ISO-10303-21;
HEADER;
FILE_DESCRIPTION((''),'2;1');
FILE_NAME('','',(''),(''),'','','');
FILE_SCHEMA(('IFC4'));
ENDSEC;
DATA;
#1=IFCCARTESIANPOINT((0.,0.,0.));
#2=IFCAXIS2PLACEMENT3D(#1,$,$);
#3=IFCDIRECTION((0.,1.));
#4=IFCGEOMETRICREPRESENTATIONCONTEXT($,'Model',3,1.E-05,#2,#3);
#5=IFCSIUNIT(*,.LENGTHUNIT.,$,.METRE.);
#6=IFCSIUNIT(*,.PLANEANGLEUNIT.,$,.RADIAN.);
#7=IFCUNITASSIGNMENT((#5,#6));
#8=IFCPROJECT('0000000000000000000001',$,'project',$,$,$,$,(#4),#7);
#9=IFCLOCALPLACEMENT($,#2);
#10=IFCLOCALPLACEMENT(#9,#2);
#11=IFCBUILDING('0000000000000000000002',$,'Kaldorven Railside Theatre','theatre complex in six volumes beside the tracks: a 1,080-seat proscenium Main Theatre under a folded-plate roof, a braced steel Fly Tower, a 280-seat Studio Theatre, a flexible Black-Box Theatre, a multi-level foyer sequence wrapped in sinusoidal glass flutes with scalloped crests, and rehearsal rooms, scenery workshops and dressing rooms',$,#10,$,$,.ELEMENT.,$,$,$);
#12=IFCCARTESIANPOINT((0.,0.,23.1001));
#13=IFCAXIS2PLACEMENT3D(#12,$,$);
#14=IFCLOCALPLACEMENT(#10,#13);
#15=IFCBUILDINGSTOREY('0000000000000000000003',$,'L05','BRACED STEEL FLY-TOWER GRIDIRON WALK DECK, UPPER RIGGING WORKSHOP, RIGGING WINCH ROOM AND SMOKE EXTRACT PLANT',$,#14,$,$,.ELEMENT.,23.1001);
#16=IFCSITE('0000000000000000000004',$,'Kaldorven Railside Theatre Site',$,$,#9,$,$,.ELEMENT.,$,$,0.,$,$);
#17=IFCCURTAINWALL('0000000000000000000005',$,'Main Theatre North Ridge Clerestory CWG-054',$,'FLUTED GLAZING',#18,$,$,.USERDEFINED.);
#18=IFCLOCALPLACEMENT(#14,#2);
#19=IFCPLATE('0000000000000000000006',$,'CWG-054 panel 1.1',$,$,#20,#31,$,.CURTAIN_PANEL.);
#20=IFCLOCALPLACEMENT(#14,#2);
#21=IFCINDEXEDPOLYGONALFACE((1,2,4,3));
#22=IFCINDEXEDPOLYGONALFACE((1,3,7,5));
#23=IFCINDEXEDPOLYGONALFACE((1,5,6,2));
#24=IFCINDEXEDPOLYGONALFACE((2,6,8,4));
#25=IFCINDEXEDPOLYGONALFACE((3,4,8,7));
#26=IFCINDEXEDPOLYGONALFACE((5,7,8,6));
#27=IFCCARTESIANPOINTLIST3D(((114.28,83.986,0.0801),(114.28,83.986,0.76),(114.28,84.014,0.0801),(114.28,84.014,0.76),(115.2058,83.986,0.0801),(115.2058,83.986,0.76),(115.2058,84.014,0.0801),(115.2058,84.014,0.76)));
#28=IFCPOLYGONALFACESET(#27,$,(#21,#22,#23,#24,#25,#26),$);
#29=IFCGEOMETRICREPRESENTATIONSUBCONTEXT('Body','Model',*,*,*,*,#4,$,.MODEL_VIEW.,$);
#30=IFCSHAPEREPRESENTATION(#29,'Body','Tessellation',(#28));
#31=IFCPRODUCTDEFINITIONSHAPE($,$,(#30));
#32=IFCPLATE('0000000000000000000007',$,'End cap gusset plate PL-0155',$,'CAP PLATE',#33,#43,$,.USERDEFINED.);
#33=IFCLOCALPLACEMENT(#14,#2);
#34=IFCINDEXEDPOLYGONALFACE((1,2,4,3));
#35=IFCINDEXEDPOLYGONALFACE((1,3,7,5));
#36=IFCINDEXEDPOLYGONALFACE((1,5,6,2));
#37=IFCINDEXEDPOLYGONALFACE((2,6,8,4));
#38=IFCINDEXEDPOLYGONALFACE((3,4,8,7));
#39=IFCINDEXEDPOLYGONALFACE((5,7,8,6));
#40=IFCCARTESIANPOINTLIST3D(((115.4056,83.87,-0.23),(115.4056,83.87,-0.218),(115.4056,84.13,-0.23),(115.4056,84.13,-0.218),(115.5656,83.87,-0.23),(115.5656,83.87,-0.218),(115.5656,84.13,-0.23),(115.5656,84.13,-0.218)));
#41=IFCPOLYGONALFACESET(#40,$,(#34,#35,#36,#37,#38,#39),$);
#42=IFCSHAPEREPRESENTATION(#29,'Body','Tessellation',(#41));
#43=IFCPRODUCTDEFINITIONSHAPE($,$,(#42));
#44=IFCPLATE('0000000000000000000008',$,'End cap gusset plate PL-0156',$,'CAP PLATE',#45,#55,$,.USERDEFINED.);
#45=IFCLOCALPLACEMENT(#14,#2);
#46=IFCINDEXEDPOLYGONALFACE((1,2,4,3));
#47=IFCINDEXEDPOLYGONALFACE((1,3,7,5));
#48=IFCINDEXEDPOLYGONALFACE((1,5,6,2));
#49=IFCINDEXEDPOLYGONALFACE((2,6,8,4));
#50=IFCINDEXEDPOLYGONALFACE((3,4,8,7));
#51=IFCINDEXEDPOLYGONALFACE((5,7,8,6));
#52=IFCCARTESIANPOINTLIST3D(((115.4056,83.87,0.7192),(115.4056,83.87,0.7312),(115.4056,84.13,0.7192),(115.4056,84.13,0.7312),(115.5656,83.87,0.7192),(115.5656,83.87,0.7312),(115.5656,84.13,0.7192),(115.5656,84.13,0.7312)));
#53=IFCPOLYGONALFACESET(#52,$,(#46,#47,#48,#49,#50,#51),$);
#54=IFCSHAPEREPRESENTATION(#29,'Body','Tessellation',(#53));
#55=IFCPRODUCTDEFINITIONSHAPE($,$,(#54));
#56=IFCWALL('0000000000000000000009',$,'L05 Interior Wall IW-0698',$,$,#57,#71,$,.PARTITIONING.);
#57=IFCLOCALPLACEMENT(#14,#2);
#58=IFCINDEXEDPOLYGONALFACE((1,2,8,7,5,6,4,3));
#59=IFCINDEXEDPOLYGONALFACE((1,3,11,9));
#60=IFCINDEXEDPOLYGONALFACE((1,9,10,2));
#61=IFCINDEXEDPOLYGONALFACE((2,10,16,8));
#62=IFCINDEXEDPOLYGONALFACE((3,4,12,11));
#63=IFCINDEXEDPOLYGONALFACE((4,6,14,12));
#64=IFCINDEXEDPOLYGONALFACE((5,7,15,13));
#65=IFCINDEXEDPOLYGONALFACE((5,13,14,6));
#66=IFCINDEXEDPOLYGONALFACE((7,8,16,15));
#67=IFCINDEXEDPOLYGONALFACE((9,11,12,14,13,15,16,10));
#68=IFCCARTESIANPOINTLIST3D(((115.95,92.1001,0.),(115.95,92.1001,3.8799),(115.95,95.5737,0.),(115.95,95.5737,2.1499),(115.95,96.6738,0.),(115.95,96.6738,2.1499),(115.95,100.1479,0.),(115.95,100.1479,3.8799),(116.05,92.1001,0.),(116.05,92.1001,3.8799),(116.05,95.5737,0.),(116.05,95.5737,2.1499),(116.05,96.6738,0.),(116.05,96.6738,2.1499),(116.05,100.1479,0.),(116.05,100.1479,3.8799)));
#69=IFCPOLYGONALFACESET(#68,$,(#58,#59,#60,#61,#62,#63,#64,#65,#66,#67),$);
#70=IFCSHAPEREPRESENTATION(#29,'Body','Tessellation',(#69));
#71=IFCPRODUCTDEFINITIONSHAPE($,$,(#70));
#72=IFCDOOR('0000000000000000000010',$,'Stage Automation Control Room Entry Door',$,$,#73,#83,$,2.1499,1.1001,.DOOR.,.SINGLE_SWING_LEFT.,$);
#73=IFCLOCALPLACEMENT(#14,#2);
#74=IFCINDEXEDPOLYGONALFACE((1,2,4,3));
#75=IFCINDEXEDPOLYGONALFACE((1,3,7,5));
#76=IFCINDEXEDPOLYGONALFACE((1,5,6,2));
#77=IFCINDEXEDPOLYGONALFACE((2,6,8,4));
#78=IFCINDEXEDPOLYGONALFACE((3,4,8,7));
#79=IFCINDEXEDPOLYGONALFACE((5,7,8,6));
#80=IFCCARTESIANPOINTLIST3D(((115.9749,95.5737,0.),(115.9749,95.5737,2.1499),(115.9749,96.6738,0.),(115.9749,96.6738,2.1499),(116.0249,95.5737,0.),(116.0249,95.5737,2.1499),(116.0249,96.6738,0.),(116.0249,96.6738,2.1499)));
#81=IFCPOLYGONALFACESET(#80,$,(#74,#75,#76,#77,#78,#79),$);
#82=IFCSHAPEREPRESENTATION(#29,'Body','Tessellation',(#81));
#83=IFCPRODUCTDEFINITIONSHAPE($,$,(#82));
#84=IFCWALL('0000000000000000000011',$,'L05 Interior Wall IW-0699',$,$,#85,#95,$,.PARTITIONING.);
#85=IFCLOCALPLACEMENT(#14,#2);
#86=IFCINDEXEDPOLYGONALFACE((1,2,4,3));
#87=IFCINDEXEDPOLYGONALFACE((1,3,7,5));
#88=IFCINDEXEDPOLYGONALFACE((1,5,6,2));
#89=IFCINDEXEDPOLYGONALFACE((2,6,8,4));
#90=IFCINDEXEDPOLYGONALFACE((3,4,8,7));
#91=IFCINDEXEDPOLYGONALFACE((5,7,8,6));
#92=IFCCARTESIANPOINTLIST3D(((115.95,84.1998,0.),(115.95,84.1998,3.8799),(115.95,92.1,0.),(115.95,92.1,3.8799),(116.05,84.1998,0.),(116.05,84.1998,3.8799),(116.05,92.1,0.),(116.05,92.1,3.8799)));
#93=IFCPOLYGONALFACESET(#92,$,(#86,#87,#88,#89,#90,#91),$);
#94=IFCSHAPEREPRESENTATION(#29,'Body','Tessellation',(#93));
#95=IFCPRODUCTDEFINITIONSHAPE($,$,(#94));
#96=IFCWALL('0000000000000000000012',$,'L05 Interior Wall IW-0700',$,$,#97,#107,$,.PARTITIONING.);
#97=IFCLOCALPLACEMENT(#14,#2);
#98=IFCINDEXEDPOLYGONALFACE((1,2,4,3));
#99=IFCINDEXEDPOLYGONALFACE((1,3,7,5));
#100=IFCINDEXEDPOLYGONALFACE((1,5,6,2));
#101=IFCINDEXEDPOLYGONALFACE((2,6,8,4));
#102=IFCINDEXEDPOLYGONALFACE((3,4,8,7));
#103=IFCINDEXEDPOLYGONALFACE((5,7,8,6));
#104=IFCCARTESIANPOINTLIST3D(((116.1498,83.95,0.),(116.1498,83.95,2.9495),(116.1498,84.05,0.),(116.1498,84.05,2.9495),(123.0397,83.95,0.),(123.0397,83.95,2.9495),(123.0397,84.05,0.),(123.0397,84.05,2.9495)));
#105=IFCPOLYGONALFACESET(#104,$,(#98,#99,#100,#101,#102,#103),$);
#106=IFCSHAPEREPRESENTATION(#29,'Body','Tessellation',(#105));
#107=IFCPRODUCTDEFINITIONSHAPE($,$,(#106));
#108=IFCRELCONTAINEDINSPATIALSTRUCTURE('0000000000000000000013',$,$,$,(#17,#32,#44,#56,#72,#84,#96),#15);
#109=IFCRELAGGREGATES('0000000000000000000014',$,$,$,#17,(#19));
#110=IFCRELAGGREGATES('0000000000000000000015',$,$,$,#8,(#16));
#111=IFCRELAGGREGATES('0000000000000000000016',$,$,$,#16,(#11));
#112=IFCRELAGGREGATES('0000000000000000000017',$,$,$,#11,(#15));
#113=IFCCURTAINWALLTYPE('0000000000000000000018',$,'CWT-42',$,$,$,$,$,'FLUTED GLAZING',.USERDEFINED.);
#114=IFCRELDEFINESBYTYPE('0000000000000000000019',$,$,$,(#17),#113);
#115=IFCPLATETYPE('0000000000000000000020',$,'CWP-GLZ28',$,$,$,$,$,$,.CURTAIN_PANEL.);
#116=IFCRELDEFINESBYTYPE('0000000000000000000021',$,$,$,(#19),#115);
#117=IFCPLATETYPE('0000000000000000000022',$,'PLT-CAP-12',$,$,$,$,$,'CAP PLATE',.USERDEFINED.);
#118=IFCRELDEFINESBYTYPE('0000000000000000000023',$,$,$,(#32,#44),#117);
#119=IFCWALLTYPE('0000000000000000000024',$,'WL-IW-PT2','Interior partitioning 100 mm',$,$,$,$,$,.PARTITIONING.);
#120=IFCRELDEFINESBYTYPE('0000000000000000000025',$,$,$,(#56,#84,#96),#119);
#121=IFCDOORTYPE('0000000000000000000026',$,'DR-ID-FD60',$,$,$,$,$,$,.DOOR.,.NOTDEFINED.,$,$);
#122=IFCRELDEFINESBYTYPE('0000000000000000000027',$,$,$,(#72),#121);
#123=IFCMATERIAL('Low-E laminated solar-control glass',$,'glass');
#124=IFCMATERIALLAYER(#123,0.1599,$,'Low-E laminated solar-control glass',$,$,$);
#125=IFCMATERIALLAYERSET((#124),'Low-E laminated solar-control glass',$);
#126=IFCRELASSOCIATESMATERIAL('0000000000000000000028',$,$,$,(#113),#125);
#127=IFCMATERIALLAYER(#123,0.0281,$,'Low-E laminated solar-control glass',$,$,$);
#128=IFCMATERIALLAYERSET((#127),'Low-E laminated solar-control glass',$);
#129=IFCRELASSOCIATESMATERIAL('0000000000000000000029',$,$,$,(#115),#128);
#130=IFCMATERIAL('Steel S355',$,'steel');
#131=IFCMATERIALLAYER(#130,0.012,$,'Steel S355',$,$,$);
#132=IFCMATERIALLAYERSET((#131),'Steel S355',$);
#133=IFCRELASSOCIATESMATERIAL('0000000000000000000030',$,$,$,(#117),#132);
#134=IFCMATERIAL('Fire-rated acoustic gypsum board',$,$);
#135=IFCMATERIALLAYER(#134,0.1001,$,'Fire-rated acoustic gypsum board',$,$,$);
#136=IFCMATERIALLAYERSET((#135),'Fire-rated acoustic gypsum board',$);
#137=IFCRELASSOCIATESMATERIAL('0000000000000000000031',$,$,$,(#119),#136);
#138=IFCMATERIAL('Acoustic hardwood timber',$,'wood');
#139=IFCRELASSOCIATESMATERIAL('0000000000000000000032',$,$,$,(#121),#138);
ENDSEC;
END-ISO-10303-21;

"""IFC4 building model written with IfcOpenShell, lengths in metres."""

from ifc_helpers import new_model, si_unit, direction, frame, frame_2d, origin, origin_2d, place, context, subcontext, project, spatial, rectangle, extrude, material, layer, layer_set, type_object, element, fill, aggregate, save


model = new_model("IFC4")

# Units and contexts
model_context = context("Model", 3, precision=1e-05, world=origin(), true_north=direction((0.0, 1.0)))
body_context = subcontext(model_context, "Body", "Model", "MODEL_VIEW")
ifc_project = project(units=[si_unit("LENGTHUNIT", "METRE"), si_unit("PLANEANGLEUNIT", "RADIAN")], contexts=[model_context])

# Site, building, storey
site_placement = place(None, origin())
site = spatial("IfcSite", under=ifc_project, at=site_placement, Name="Kaldorven Railside Theatre Site", CompositionType="ELEMENT", RefElevation=0.0)
building_placement = place(site_placement, origin())
building = spatial("IfcBuilding", under=site, at=building_placement, Name="Kaldorven Railside Theatre", Description="theatre complex in six volumes beside the tracks: a 1,080-seat proscenium Main Theatre under a folded-plate roof, a braced steel Fly Tower, a 280-seat Studio Theatre, a flexible Black-Box Theatre, a multi-level foyer sequence wrapped in sinusoidal glass flutes with scalloped crests, and rehearsal rooms, scenery workshops and dressing rooms", CompositionType="ELEMENT")
storey_placement = place(building_placement, frame((0.0, 0.0, 23.1001)))
storey = spatial("IfcBuildingStorey", under=building, at=storey_placement, Name="L05", Description="BRACED STEEL FLY-TOWER GRIDIRON WALK DECK, UPPER RIGGING WORKSHOP, RIGGING WINCH ROOM AND SMOKE EXTRACT PLANT", CompositionType="ELEMENT", Elevation=23.1001)

# Shared definitions
ifc_material_1 = material(Name="Steel S355", Category="steel")

# Shared definitions
ifc_material_2 = material(Name="Low-E laminated solar-control glass", Category="glass")

# Curtain wall
ifc_layer_1 = layer(ifc_material_2, 0.1599, Name="Low-E laminated solar-control glass")
ifc_layer_set_1 = layer_set([ifc_layer_1], Name="Low-E laminated solar-control glass")
curtain_wall_type_1 = type_object("IfcCurtainWallType", Name="CWT-42", ElementType="FLUTED GLAZING", PredefinedType="USERDEFINED", material=ifc_layer_set_1)
curtain_wall_1_placement = place(storey_placement, origin())
curtain_wall_1 = element("IfcCurtainWall", 1, at=curtain_wall_1_placement, inside=storey, type_object=curtain_wall_type_1, Name="Main Theatre North Ridge Clerestory CWG-054", ObjectType="FLUTED GLAZING", PredefinedType="USERDEFINED")

# Plate
ifc_layer_2 = layer(ifc_material_2, 0.0281, Name="Low-E laminated solar-control glass")
ifc_layer_set_2 = layer_set([ifc_layer_2], Name="Low-E laminated solar-control glass")
plate_type_1 = type_object("IfcPlateType", Name="CWP-GLZ28", PredefinedType="CURTAIN_PANEL", material=ifc_layer_set_2)
plate_1_placement = place(storey_placement, frame((114.7429, 84.0, 0.0801), z_axis=(0.0, 0.0, 1.0), x_axis=(1.0, 0.0, 0.0)))
plate_1 = element("IfcPlate", 2, at=plate_1_placement, type_object=plate_type_1, Name="CWG-054 panel 1.1", PredefinedType="CURTAIN_PANEL", context=body_context, shape_type="SweptSolid", body=[
    extrude(rectangle(XDim=0.9258, YDim=0.0281, at=origin_2d()), origin(), (0.0, 0.0, 1.0), 0.6799),
])
aggregate(curtain_wall_1, [plate_1])

# Plates
ifc_layer_3 = layer(ifc_material_1, 0.012, Name="Steel S355")
ifc_layer_set_3 = layer_set([ifc_layer_3], Name="Steel S355")
plate_type_2 = type_object("IfcPlateType", Name="PLT-CAP-12", ElementType="CAP PLATE", PredefinedType="USERDEFINED", material=ifc_layer_set_3)
for number, where, z_axis, x_axis, name in (
    (3, (115.4856, 84.0, -0.23), (0.0, 0.0, 1.0), (1.0, 0.0, 0.0), "End cap gusset plate PL-0155"),
    (4, (115.4856, 84.0, 0.7192), (0.0, 0.0, 1.0), (1.0, 0.0, 0.0), "End cap gusset plate PL-0156"),
):
    element("IfcPlate", number, at=place(storey_placement, frame(where, z_axis=z_axis, x_axis=x_axis)), inside=storey, type_object=plate_type_2, Name=name, ObjectType="CAP PLATE", PredefinedType="USERDEFINED", context=body_context, shape_type="SweptSolid", body=[
        extrude(rectangle(XDim=0.1599, YDim=0.26, at=origin_2d()), origin(), (0.0, 0.0, 1.0), 0.012),
    ])

# Wall, opening, door
ifc_material_3 = material(Name="Fire-rated acoustic gypsum board")
ifc_layer_4 = layer(ifc_material_3, 0.1001, Name="Fire-rated acoustic gypsum board")
ifc_layer_set_4 = layer_set([ifc_layer_4], Name="Fire-rated acoustic gypsum board")
wall_type_1 = type_object("IfcWallType", Name="WL-IW-PT2", Description="Interior partitioning 100 mm", PredefinedType="PARTITIONING", material=ifc_layer_set_4)
wall_1_placement = place(storey_placement, frame((116.0, 100.1479, 0.0), z_axis=(0.0, 0.0, 1.0), x_axis=(0.0, -1.0, 0.0)))
wall_1 = element("IfcWall", 5, at=wall_1_placement, inside=storey, type_object=wall_type_1, Name="L05 Interior Wall IW-0698", PredefinedType="PARTITIONING", context=body_context, shape_type="SweptSolid", body=[
    extrude(rectangle(XDim=8.0479, YDim=0.1001, at=frame_2d((4.0239, 0.0))), origin(), (0.0, 0.0, 1.0), 3.8799),
])
opening_1_placement = place(wall_1_placement, frame((3.4741, 0.0, 0.0)))
opening_1 = element("IfcOpeningElement", 6, at=opening_1_placement, cuts=wall_1, PredefinedType="OPENING", context=body_context, shape_type="SweptSolid", body=[
    extrude(rectangle(XDim=1.1001, YDim=2.1499, at=frame_2d((0.55, 1.075))), frame((0.0, 0.0601, 0.0), z_axis=(0.0, -1.0, 0.0), x_axis=(1.0, 0.0, 0.0)), (0.0, 0.0, 1.0), 0.1201),
])
ifc_material_4 = material(Name="Acoustic hardwood timber", Category="wood")
door_type_1 = type_object("IfcDoorType", Name="DR-ID-FD60", OperationType="NOTDEFINED", PredefinedType="DOOR", material=ifc_material_4)
door_1_placement = place(opening_1_placement, origin())
door_1 = element("IfcDoor", 7, at=door_1_placement, inside=storey, type_object=door_type_1, Name="Stage Automation Control Room Entry Door", OperationType="SINGLE_SWING_LEFT", OverallHeight=2.1499, OverallWidth=1.1001, PredefinedType="DOOR", context=body_context, shape_type="SweptSolid", body=[
    extrude(rectangle(XDim=1.1001, YDim=2.1499, at=frame_2d((0.55, 1.075))), frame((0.0, 0.0249, 0.0), z_axis=(0.0, -1.0, 0.0), x_axis=(1.0, 0.0, 0.0)), (0.0, 0.0, 1.0), 0.05),
])
fill(opening_1, door_1)

# Walls
wall_2_placement = place(storey_placement, frame((116.0, 92.1001, 0.0), z_axis=(0.0, 0.0, 1.0), x_axis=(0.0, -1.0, 0.0)))
element("IfcWall", 8, at=wall_2_placement, inside=storey, type_object=wall_type_1, Name="L05 Interior Wall IW-0699", PredefinedType="PARTITIONING", context=body_context, shape_type="SweptSolid", body=[
    extrude(rectangle(XDim=7.9001, YDim=0.1001, at=frame_2d((3.9502, 0.0))), origin(), (0.0, 0.0, 1.0), 3.8799),
])
wall_3_placement = place(storey_placement, frame((116.1499, 84.0, 0.0), z_axis=(0.0, 0.0, 1.0), x_axis=(1.0, 0.0, 0.0)))
element("IfcWall", 9, at=wall_3_placement, inside=storey, type_object=wall_type_1, Name="L05 Interior Wall IW-0700", PredefinedType="PARTITIONING", context=body_context, shape_type="SweptSolid", body=[
    extrude(rectangle(XDim=6.8899, YDim=0.1001, at=frame_2d((3.4448, 0.0))), origin(), (0.0, 0.0, 1.0), 2.9495),
])

save(model, "model.ifc")
